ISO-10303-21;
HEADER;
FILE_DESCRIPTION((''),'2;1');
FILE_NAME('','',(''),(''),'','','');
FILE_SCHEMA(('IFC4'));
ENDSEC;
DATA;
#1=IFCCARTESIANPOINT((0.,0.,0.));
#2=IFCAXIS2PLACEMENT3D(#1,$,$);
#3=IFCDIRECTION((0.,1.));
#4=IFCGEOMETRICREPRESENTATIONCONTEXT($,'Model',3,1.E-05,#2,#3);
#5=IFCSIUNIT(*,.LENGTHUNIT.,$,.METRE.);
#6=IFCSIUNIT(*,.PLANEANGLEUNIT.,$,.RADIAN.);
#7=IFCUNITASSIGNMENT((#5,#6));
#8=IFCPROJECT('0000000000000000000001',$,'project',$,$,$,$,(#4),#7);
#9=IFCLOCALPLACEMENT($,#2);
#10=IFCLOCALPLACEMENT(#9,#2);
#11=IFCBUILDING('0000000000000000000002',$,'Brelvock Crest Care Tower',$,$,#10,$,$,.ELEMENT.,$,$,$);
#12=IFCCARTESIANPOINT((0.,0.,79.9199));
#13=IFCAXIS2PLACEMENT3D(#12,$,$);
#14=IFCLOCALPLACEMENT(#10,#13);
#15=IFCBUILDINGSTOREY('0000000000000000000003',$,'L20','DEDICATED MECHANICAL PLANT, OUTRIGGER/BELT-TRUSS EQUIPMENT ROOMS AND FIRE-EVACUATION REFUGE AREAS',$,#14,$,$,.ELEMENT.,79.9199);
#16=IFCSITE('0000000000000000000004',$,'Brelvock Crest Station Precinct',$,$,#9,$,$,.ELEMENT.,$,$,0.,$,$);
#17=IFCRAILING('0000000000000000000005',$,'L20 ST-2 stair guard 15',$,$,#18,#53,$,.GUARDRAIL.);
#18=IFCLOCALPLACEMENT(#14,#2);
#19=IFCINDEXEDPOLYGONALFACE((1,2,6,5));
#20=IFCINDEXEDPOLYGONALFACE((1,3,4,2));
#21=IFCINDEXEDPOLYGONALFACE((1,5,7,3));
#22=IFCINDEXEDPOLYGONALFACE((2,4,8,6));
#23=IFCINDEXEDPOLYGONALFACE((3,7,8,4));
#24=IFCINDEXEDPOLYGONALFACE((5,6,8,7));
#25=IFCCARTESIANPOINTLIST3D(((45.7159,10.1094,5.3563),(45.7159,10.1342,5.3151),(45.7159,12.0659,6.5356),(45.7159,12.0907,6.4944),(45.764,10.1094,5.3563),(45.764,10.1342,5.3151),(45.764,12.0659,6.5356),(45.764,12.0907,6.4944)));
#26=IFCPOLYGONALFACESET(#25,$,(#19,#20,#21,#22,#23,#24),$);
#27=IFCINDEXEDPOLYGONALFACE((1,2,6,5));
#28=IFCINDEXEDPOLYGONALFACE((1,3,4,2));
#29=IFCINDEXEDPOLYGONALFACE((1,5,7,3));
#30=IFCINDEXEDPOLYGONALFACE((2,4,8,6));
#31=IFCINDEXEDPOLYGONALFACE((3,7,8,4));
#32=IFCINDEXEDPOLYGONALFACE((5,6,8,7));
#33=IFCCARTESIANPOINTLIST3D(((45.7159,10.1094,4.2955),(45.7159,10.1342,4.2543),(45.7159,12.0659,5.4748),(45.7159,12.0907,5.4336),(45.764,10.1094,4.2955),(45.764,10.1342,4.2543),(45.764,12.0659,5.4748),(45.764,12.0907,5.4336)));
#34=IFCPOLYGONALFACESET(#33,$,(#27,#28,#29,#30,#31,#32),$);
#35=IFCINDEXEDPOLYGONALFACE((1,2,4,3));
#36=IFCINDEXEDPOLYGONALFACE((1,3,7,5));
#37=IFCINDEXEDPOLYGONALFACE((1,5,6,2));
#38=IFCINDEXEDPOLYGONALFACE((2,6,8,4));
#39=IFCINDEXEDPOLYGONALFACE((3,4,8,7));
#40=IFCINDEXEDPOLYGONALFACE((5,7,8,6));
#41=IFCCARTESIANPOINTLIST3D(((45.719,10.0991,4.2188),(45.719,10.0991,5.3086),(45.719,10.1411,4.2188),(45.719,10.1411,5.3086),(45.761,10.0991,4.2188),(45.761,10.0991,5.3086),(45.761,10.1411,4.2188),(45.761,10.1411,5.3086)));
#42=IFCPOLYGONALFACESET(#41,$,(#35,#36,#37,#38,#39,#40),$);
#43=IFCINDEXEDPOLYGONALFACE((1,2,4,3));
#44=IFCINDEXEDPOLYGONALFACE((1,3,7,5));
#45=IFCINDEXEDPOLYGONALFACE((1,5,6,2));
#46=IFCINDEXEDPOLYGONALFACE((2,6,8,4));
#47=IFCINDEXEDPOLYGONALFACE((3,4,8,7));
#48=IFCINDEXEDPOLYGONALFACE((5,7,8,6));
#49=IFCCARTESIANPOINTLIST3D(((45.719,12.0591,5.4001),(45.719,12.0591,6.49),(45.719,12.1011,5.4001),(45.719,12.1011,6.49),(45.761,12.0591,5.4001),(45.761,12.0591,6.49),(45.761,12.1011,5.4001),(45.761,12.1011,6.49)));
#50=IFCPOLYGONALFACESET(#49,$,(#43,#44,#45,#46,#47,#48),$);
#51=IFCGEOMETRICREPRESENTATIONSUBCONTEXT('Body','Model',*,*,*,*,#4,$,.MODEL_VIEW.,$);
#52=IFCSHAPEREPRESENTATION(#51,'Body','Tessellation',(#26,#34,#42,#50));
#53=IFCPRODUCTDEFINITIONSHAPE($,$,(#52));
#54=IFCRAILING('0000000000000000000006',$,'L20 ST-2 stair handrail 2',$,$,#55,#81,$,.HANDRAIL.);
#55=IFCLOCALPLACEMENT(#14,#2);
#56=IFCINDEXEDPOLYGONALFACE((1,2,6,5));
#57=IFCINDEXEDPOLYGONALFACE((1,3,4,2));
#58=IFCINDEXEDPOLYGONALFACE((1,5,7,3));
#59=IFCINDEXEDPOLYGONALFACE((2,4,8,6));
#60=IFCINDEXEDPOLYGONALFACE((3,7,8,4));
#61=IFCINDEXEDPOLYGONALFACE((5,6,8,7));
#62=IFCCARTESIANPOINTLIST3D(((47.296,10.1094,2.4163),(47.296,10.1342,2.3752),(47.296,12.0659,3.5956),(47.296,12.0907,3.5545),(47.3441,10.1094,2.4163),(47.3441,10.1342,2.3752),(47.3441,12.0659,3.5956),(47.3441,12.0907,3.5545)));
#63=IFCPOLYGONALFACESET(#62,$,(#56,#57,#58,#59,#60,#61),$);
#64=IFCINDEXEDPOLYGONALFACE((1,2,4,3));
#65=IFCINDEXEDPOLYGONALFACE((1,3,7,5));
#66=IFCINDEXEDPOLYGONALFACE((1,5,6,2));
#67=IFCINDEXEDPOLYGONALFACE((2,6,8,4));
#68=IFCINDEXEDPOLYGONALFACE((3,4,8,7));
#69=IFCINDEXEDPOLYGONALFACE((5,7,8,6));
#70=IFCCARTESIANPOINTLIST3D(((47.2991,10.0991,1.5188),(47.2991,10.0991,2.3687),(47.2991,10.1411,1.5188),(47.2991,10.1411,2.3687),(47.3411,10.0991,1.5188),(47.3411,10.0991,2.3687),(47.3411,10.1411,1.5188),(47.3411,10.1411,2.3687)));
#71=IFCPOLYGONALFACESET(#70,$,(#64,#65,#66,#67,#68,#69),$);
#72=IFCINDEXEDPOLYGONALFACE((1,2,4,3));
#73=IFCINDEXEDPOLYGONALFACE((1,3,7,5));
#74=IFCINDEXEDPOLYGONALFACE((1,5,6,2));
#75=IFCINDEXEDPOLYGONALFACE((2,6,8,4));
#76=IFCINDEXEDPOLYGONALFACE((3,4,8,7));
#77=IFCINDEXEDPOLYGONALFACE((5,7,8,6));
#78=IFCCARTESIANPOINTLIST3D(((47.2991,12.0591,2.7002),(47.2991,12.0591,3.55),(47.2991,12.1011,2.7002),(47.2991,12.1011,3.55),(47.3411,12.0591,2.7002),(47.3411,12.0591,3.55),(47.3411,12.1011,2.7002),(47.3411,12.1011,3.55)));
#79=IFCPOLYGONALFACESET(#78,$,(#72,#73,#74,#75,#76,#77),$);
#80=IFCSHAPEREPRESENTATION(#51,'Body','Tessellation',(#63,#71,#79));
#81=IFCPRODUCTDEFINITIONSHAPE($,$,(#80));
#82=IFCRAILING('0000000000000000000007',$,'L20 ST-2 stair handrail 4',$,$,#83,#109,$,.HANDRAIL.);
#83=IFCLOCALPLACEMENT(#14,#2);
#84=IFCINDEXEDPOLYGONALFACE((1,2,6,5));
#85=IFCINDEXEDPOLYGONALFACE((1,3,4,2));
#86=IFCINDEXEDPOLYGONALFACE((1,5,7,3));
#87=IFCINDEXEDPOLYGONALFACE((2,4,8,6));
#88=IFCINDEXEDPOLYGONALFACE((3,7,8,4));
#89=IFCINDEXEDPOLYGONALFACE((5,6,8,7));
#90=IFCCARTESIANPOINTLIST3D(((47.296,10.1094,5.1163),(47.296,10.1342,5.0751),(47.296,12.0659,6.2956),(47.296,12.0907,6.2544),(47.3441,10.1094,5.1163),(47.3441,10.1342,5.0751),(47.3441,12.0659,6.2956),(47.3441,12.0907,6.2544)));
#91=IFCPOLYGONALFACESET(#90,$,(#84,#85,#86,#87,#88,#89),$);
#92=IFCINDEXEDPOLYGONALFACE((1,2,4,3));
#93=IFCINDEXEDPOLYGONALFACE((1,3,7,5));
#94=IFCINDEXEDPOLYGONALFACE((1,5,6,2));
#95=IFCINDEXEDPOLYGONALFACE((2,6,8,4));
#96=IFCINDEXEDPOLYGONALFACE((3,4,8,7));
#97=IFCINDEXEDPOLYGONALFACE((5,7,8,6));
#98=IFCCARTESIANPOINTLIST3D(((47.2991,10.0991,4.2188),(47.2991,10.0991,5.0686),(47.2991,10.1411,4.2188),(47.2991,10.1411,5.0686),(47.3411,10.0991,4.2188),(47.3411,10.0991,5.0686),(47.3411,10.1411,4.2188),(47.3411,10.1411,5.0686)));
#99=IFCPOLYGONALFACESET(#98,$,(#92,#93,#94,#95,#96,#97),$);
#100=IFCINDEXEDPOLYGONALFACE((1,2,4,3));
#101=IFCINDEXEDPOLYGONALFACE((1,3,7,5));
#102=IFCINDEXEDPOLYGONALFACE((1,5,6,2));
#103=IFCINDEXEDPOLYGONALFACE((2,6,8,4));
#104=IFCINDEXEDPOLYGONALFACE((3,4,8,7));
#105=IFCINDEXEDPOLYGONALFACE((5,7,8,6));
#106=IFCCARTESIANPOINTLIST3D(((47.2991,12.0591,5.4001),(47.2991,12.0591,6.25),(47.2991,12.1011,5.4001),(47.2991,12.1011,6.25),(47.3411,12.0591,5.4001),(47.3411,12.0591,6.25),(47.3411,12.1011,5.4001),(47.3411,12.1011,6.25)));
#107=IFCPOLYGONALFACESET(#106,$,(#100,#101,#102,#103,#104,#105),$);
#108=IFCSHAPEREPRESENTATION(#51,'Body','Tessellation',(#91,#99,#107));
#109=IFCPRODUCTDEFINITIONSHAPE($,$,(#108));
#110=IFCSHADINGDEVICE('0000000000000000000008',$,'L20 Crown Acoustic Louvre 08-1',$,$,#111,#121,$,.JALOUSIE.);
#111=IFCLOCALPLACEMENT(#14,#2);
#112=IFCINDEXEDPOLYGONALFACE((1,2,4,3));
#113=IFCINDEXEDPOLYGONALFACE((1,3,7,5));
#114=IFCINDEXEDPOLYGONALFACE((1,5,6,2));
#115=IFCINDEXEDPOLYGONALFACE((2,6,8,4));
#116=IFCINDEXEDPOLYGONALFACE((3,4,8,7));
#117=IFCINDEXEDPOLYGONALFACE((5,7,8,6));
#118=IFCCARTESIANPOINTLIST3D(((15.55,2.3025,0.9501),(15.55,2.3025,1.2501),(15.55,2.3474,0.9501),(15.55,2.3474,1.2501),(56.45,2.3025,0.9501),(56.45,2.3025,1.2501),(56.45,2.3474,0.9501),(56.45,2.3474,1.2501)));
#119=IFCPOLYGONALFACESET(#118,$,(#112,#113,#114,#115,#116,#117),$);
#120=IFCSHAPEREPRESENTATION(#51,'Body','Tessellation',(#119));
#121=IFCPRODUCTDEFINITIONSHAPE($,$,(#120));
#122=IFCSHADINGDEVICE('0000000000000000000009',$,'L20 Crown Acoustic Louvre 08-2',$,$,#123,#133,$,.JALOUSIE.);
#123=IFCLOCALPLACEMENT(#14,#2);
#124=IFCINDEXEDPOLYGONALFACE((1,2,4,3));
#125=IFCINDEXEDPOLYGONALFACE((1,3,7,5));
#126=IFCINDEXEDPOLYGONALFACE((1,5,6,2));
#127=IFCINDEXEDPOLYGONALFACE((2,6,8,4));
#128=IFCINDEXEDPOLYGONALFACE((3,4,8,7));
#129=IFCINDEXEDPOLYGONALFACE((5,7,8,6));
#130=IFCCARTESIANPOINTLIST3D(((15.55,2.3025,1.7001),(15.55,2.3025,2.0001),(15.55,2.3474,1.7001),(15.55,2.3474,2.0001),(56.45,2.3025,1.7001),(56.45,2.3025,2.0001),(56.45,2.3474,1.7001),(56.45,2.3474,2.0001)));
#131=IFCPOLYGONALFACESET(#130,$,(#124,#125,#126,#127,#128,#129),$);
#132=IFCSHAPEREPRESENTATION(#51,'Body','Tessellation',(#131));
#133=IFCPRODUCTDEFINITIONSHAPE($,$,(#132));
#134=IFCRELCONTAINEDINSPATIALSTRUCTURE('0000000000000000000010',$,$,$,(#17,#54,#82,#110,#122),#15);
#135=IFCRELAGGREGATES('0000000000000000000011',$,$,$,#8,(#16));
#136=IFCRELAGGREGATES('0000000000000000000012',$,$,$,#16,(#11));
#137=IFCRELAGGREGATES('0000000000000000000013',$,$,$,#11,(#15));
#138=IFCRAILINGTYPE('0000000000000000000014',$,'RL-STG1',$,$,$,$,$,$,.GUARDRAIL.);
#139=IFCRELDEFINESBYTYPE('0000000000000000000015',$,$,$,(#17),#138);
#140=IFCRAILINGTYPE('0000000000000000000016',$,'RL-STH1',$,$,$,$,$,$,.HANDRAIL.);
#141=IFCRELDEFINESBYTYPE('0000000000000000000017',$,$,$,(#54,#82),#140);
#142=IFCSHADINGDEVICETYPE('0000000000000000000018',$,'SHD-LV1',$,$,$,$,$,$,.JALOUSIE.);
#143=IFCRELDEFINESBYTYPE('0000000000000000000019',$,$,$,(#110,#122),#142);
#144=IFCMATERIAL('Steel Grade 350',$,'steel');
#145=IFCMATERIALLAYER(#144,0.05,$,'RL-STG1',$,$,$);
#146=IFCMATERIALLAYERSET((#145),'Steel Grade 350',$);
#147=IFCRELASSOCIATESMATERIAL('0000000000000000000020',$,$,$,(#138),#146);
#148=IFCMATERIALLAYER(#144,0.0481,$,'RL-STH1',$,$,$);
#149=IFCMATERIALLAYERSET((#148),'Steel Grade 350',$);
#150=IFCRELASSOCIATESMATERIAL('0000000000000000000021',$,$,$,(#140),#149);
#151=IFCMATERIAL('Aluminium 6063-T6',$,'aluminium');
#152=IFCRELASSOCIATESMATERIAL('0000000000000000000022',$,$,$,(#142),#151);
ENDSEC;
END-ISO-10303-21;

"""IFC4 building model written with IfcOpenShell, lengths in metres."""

from ifc_helpers import new_model, si_unit, direction, frame, origin, origin_2d, place, context, subcontext, project, spatial, rectangle, extrude, source, transform, mapped, material, layer, layer_set, material_profile, profile_set, type_object, element, save


model = new_model("IFC4")

# Units and contexts
model_context = context("Model", 3, precision=1e-05, world=origin(), true_north=direction((0.0, 1.0)))
body_context = subcontext(model_context, "Body", "Model", "MODEL_VIEW")
ifc_project = project(units=[si_unit("LENGTHUNIT", "METRE"), si_unit("PLANEANGLEUNIT", "RADIAN")], contexts=[model_context])

# Site, building, storey
site_placement = place(None, origin())
site = spatial("IfcSite", under=ifc_project, at=site_placement, Name="Brelvock Crest Station Precinct", CompositionType="ELEMENT", RefElevation=0.0)
building_placement = place(site_placement, origin())
building = spatial("IfcBuilding", under=site, at=building_placement, Name="Brelvock Crest Care Tower", CompositionType="ELEMENT")
storey_placement = place(building_placement, frame((0.0, 0.0, 79.9199)))
storey = spatial("IfcBuildingStorey", under=building, at=storey_placement, Name="L20", Description="DEDICATED MECHANICAL PLANT, OUTRIGGER/BELT-TRUSS EQUIPMENT ROOMS AND FIRE-EVACUATION REFUGE AREAS", CompositionType="ELEMENT", Elevation=79.9199)

# Shared definitions
ifc_material_1 = material(Name="Steel Grade 350", Category="steel")

# Railings
ifc_layer_1 = layer(ifc_material_1, 0.05, Name="RL-STG1")
ifc_layer_set_1 = layer_set([ifc_layer_1], Name="Steel Grade 350")
railing_type_1 = type_object("IfcRailingType", Name="RL-STG1", PredefinedType="GUARDRAIL", material=ifc_layer_set_1)
railing_1_placement = place(storey_placement, frame((45.74, 10.1201, 4.2188)))
element("IfcRailing", 1, at=railing_1_placement, inside=storey, type_object=railing_type_1, Name="L20 ST-2 stair guard 15", PredefinedType="GUARDRAIL", context=body_context, shape_type="SweptSolid", body=[
    extrude(rectangle(XDim=0.0481, YDim=0.0481, at=origin_2d()), frame((0.0, 0.0017, 1.1169), z_axis=(0.0, 0.856446, 0.516236), x_axis=(-1.0, 0.0, 0.0)), (0.0, 0.0, 1.0), 2.2844),
    extrude(rectangle(XDim=0.0481, YDim=0.0481, at=origin_2d()), frame((0.0, 0.0017, 0.0562), z_axis=(0.0, 0.856446, 0.516236), x_axis=(-1.0, 0.0, 0.0)), (0.0, 0.0, 1.0), 2.2844),
    extrude(rectangle(XDim=0.042, YDim=0.042, at=origin_2d()), origin(), (0.0, 0.0, 1.0), 1.0898),
    extrude(rectangle(XDim=0.042, YDim=0.042, at=origin_2d()), frame((0.0, 1.96, 1.1814)), (0.0, 0.0, 1.0), 1.0898),
])
ifc_layer_2 = layer(ifc_material_1, 0.0481, Name="RL-STH1")
ifc_layer_set_2 = layer_set([ifc_layer_2], Name="Steel Grade 350")
railing_type_2 = type_object("IfcRailingType", Name="RL-STH1", PredefinedType="HANDRAIL", material=ifc_layer_set_2)
for number, where, name in (
    (2, (47.3201, 10.1201, 1.5188), "L20 ST-2 stair handrail 2"),
    (3, (47.3201, 10.1201, 4.2188), "L20 ST-2 stair handrail 4"),
):
    element("IfcRailing", number, at=place(storey_placement, frame(where)), inside=storey, type_object=railing_type_2, Name=name, PredefinedType="HANDRAIL", context=body_context, shape_type="SweptSolid", body=[
        extrude(rectangle(XDim=0.0481, YDim=0.0481, at=origin_2d()), frame((0.0, 0.0017, 0.877), z_axis=(0.0, 0.856446, 0.516236), x_axis=(-1.0, 0.0, 0.0)), (0.0, 0.0, 1.0), 2.2844),
        extrude(rectangle(XDim=0.042, YDim=0.042, at=origin_2d()), origin(), (0.0, 0.0, 1.0), 0.8499),
        extrude(rectangle(XDim=0.042, YDim=0.042, at=origin_2d()), frame((0.0, 1.96, 1.1814)), (0.0, 0.0, 1.0), 0.8499),
    ])

# Shading devices
ifc_material_2 = material(Name="Aluminium 6063-T6", Category="aluminium")
ifc_material_profile_1 = material_profile(ifc_material_2, rectangle(XDim=0.0449, YDim=0.3, at=origin_2d()), Name="LOUVRE45x300")
ifc_profile_set_1 = profile_set([ifc_material_profile_1], Name="Aluminium 6063-T6")
shading_device_type = type_object("IfcShadingDeviceType", Name="SHD-LV1", PredefinedType="JALOUSIE", material=ifc_profile_set_1)
shared_shape_1 = source(origin(), body_context, "Body", "SweptSolid", [
    extrude(rectangle(XDim=0.0449, YDim=0.3, at=origin_2d()), origin(), (0.0, 0.0, 1.0), 40.8999),
])
for number, where, z_axis, x_axis, name in (
    (4, (56.45, 2.325, 1.1001), (-1.0, 0.0, 0.0), (0.0, -1.0, 0.0), "L20 Crown Acoustic Louvre 08-1"),
    (5, (56.45, 2.325, 1.8501), (-1.0, 0.0, 0.0), (0.0, -1.0, 0.0), "L20 Crown Acoustic Louvre 08-2"),
):
    element("IfcShadingDevice", number, at=place(storey_placement, frame(where, z_axis=z_axis, x_axis=x_axis)), inside=storey, type_object=shading_device_type, Name=name, PredefinedType="JALOUSIE", context=body_context, shape_type="MappedRepresentation", body=[
        mapped(shared_shape_1, transform((0.0, 0.0, 0.0), x_axis=(1.0, 0.0, 0.0), y_axis=(0.0, 1.0, 0.0), z_axis=(0.0, 0.0, 1.0), scale=1.0)),
    ])

save(model, "model.ifc")
